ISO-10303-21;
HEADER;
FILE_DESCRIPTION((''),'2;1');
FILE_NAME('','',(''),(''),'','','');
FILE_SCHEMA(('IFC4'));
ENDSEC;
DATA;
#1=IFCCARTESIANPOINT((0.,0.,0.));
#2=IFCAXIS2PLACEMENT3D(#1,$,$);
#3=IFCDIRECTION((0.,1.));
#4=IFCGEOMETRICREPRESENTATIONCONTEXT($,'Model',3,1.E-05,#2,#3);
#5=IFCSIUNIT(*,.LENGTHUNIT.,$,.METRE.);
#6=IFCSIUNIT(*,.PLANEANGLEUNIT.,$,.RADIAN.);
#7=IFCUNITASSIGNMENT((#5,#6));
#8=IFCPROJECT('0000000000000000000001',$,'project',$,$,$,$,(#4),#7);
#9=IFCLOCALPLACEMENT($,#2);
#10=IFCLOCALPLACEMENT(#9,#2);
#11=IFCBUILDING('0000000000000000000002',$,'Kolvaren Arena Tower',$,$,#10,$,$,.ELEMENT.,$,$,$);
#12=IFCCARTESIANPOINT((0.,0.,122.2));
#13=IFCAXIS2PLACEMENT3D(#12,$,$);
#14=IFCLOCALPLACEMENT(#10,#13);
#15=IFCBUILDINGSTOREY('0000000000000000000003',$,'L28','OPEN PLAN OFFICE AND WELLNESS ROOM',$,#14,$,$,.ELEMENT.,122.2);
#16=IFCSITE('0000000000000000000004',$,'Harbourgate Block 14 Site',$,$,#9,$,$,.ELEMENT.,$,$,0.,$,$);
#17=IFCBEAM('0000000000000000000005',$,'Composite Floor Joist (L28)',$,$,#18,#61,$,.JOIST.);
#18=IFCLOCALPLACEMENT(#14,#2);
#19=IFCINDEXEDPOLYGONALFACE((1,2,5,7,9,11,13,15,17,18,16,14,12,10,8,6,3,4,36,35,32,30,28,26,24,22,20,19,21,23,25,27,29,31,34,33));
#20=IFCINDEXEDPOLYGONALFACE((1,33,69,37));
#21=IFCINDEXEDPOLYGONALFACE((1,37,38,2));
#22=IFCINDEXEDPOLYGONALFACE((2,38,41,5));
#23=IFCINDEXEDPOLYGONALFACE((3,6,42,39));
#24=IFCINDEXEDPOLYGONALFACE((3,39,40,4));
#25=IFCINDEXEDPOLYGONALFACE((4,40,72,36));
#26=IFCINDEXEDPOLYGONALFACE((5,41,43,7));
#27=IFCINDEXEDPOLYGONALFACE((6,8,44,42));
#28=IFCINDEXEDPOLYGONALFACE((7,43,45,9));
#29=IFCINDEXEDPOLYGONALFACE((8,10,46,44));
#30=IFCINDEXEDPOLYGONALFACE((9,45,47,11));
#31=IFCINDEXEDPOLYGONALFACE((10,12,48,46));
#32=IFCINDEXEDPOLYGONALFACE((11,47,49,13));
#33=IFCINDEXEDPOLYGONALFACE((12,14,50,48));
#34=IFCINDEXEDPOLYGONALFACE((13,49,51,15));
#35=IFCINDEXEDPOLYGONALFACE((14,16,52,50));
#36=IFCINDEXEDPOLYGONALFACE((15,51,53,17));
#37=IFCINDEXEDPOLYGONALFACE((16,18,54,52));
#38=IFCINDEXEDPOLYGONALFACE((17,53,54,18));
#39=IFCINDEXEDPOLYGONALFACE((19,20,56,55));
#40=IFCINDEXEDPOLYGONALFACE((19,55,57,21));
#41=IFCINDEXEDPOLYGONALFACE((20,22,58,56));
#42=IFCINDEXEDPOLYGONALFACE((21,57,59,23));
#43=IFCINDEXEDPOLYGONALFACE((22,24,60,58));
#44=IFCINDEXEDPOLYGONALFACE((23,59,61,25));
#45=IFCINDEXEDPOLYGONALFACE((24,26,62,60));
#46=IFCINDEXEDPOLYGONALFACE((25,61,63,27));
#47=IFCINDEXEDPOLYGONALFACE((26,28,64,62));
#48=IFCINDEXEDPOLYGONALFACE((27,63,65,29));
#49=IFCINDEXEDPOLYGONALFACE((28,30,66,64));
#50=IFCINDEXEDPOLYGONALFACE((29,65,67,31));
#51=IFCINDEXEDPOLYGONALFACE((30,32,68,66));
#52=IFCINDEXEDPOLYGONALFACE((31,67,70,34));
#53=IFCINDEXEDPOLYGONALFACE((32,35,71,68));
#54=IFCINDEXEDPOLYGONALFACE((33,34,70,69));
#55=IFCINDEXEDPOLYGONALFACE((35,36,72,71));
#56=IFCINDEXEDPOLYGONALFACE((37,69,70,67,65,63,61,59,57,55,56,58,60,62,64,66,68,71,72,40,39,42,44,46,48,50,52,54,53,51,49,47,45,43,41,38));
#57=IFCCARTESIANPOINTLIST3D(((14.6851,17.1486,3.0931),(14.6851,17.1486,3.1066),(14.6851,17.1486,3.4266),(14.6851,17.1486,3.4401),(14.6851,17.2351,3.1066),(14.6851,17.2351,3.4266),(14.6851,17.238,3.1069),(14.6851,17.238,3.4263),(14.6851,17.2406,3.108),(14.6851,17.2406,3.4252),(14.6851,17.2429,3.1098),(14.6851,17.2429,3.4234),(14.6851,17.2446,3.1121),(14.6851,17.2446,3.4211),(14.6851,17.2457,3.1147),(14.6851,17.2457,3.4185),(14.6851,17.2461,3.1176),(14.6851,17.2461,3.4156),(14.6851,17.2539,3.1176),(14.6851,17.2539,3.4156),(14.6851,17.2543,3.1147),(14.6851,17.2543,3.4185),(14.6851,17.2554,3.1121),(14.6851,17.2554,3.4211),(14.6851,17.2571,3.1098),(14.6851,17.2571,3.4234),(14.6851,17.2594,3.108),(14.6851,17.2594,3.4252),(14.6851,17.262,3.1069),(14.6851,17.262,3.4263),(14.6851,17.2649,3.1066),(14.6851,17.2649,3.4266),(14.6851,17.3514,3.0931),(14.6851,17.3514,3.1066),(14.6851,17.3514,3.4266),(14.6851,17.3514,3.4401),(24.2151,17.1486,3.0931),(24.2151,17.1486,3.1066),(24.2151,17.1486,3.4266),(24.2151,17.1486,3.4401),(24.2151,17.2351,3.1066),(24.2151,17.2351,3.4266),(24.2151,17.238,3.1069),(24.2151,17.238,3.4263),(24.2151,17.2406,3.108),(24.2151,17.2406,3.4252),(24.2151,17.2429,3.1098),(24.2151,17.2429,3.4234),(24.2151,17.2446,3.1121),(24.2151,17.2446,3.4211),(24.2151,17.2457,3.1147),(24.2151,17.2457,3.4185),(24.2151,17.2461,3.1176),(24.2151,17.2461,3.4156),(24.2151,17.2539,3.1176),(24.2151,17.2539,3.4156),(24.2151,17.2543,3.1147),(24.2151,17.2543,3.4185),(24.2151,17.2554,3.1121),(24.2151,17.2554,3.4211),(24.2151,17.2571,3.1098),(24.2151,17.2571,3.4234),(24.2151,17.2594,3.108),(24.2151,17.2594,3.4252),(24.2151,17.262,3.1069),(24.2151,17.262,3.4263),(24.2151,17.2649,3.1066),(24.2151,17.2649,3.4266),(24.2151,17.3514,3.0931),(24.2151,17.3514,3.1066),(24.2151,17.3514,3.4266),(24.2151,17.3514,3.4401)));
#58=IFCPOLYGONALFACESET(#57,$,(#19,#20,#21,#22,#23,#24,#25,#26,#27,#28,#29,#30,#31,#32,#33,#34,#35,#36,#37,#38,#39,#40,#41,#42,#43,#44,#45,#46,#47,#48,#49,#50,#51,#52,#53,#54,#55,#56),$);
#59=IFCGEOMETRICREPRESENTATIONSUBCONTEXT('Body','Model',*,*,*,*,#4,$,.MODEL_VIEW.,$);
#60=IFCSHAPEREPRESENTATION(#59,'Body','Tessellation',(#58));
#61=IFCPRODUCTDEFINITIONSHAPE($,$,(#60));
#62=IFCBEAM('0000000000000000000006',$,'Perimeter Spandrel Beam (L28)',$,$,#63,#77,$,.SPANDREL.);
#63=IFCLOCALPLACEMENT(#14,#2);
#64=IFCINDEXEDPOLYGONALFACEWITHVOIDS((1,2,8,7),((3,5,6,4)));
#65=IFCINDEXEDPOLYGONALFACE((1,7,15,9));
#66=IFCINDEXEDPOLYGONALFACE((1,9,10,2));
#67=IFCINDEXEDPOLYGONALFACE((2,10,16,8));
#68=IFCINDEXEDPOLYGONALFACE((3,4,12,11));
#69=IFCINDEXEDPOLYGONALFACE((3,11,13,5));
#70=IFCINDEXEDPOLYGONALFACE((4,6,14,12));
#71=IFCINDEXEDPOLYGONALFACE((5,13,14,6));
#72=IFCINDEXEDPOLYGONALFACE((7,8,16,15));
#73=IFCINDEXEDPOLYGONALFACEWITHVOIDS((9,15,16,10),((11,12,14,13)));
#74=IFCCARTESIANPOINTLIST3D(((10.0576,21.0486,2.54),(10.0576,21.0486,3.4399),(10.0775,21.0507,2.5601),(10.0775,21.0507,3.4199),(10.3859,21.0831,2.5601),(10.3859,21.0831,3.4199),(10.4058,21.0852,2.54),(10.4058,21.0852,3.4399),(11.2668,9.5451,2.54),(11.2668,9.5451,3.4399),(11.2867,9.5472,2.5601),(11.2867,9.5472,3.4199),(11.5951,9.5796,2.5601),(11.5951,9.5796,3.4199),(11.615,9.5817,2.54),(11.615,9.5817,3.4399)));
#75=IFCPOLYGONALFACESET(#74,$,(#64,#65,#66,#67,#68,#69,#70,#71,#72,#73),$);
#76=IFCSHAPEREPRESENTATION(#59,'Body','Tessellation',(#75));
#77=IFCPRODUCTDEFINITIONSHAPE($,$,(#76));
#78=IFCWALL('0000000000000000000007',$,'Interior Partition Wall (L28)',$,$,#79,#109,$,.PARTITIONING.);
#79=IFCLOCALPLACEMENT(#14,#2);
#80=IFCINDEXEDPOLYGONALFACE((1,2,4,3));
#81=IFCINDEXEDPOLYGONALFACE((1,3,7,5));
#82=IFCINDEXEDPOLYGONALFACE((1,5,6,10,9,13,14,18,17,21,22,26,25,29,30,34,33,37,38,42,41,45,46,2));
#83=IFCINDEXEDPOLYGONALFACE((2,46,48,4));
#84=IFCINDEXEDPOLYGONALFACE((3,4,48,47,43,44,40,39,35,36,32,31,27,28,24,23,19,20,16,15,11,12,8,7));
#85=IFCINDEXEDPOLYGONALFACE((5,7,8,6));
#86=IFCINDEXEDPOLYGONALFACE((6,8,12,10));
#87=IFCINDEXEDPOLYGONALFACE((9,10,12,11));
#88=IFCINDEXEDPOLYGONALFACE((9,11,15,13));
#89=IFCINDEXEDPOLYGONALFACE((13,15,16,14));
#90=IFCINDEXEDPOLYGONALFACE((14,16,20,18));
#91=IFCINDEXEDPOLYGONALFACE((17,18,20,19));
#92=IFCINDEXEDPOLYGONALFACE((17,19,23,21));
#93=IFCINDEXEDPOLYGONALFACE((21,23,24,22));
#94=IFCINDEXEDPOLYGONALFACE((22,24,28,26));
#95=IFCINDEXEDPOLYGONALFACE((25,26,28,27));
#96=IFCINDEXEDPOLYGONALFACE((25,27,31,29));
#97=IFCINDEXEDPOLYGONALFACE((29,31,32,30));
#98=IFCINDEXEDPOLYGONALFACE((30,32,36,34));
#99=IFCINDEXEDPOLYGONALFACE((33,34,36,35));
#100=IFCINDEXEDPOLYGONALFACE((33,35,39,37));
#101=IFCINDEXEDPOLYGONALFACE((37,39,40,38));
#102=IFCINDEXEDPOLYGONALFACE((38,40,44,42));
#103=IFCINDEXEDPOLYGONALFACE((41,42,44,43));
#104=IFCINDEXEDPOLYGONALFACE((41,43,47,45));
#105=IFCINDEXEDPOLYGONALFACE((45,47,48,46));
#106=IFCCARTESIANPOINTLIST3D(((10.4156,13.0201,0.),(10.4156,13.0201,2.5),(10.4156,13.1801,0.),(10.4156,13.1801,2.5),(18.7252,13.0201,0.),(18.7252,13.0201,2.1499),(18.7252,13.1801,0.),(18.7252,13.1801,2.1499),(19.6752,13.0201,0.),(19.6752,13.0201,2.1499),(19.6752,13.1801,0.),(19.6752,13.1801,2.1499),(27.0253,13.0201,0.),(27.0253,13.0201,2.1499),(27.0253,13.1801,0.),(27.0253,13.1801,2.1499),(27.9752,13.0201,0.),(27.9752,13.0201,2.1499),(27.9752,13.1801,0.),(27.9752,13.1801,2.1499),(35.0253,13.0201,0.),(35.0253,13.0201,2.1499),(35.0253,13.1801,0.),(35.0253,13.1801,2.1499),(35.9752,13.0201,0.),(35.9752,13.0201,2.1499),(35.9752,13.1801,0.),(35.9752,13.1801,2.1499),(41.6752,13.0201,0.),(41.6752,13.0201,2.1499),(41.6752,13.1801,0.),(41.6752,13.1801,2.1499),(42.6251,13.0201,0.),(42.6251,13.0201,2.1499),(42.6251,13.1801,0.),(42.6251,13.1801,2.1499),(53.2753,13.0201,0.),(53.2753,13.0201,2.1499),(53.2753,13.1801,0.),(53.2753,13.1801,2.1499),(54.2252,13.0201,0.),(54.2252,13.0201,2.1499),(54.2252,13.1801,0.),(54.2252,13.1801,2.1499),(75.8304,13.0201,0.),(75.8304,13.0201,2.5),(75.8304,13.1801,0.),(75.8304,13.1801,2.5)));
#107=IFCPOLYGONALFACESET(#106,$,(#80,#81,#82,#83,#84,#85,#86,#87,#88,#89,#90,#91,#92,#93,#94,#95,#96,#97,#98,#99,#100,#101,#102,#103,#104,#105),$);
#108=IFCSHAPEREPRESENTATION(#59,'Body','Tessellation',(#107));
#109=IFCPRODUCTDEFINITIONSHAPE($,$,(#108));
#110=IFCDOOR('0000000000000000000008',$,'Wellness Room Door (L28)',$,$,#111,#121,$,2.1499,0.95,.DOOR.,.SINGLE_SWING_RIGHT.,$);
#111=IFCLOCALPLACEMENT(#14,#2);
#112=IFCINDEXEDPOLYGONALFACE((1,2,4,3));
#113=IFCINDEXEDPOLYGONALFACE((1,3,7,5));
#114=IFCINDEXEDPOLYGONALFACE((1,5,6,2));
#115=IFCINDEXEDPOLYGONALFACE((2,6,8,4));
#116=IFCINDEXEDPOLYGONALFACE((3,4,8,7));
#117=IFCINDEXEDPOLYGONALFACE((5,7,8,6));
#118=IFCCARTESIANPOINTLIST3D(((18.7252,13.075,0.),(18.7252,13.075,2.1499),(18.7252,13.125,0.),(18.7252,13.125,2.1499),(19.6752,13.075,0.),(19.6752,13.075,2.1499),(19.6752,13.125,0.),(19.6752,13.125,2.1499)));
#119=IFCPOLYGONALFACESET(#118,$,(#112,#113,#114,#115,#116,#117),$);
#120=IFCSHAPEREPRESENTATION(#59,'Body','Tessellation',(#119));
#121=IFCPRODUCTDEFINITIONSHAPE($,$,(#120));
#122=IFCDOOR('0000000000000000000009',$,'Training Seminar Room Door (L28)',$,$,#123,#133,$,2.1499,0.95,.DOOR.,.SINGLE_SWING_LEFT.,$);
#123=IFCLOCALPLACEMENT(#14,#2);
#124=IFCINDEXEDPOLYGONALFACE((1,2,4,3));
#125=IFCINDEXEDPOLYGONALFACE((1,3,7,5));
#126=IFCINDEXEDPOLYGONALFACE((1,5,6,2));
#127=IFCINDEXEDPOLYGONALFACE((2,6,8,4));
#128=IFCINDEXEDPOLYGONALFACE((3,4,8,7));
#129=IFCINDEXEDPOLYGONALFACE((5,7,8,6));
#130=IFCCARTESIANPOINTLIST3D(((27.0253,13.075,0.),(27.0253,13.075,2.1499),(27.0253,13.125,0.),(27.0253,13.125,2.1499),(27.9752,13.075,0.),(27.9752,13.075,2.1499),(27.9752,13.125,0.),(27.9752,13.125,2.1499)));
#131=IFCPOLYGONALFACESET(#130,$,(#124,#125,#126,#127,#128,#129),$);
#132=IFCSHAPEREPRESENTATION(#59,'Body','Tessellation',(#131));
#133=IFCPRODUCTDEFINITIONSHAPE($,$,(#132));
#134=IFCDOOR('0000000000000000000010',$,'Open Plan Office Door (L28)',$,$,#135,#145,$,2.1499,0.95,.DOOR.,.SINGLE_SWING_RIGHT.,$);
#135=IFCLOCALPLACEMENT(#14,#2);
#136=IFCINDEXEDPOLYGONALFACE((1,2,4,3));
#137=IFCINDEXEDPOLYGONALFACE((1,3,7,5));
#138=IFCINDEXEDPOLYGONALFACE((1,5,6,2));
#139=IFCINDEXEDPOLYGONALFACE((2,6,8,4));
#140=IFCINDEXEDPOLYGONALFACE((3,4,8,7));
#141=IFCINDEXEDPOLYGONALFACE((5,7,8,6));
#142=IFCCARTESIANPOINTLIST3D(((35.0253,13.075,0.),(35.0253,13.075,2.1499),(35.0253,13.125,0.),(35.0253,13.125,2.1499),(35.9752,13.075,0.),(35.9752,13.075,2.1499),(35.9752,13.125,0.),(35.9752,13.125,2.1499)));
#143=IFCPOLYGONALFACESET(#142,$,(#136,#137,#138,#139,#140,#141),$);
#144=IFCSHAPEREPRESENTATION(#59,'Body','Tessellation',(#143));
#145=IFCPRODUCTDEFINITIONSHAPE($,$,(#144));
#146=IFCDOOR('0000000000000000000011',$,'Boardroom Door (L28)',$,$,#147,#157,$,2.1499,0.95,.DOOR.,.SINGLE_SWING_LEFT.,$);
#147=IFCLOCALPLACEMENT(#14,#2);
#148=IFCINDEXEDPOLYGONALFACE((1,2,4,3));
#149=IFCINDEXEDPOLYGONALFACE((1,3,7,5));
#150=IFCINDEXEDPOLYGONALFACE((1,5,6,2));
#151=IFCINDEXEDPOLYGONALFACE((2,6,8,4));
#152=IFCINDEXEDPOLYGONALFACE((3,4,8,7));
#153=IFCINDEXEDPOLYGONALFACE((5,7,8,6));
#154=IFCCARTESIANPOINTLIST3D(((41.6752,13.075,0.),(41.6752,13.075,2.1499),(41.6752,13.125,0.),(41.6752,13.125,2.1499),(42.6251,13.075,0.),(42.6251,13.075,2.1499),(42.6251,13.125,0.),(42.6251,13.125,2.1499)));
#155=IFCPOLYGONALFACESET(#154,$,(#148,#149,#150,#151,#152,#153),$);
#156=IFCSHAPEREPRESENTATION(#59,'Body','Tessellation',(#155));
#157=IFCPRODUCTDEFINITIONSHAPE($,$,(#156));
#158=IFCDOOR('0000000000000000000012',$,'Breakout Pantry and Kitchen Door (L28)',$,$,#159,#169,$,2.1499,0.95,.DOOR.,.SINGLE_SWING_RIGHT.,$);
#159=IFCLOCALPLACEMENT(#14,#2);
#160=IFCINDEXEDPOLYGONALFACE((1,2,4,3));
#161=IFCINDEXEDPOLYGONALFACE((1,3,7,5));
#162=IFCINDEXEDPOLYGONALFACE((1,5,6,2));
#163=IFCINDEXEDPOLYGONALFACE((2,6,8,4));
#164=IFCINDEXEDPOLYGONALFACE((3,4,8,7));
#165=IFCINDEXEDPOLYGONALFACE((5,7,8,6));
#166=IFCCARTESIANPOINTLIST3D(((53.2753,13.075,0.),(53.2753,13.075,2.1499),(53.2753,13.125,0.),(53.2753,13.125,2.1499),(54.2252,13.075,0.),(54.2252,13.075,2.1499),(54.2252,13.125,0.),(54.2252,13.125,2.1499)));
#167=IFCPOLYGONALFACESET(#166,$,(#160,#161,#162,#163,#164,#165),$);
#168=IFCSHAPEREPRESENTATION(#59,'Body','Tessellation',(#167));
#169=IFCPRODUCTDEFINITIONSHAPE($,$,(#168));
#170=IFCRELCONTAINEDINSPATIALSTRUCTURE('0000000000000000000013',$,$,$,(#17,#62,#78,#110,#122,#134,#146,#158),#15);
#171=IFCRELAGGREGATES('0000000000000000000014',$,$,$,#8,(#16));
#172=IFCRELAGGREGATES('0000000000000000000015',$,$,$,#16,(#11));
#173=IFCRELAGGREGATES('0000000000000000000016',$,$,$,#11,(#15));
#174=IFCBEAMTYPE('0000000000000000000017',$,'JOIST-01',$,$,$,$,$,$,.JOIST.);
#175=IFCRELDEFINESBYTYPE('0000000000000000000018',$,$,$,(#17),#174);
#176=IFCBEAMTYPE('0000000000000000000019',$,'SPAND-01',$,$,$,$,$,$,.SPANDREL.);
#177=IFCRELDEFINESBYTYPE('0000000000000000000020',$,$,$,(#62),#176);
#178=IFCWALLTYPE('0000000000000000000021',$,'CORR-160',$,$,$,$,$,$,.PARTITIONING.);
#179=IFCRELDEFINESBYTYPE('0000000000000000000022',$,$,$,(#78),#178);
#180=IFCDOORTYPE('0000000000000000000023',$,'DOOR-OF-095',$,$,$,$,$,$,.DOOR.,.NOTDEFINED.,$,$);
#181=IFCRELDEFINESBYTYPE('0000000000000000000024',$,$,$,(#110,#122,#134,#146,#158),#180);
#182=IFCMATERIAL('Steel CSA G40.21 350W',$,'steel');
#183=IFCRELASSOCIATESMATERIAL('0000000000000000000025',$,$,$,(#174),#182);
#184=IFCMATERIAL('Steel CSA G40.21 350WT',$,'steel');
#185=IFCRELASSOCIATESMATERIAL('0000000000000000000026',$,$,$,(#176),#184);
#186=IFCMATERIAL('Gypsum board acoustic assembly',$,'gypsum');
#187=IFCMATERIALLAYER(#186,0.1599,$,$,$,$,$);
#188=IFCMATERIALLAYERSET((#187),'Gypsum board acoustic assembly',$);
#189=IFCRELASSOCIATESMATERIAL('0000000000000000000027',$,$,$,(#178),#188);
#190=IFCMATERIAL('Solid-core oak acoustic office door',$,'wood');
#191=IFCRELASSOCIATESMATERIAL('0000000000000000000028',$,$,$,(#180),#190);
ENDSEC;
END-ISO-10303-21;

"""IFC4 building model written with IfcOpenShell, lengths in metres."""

from ifc_helpers import new_model, si_unit, direction, frame, frame_2d, origin, origin_2d, place, context, subcontext, project, spatial, rectangle, hollow_rectangle, i_section, extrude, material, layer, layer_set, material_profile, profile_set, type_object, element, fill, save


model = new_model("IFC4")

# Units and contexts
model_context = context("Model", 3, precision=1e-05, world=origin(), true_north=direction((0.0, 1.0)))
body_context = subcontext(model_context, "Body", "Model", "MODEL_VIEW")
ifc_project = project(units=[si_unit("LENGTHUNIT", "METRE"), si_unit("PLANEANGLEUNIT", "RADIAN")], contexts=[model_context])

# Site, building, storey
site_placement = place(None, origin())
site = spatial("IfcSite", under=ifc_project, at=site_placement, Name="Harbourgate Block 14 Site", CompositionType="ELEMENT", RefElevation=0.0)
building_placement = place(site_placement, origin())
building = spatial("IfcBuilding", under=site, at=building_placement, Name="Kolvaren Arena Tower", CompositionType="ELEMENT")
storey_placement = place(building_placement, frame((0.0, 0.0, 122.2)))
storey = spatial("IfcBuildingStorey", under=building, at=storey_placement, Name="L28", Description="OPEN PLAN OFFICE AND WELLNESS ROOM", CompositionType="ELEMENT", Elevation=122.2)

# Beams
ifc_material_1 = material(Name="Steel CSA G40.21 350W", Category="steel")
ifc_material_profile_1 = material_profile(ifc_material_1, i_section(OverallWidth=0.2029, OverallDepth=0.3469, WebThickness=0.0078, FlangeThickness=0.0134, FilletRadius=0.011, at=origin_2d()), Name="W360x64")
ifc_profile_set_1 = profile_set([ifc_material_profile_1], Name="Steel CSA G40.21 350W")
beam_type_1 = type_object("IfcBeamType", Name="JOIST-01", PredefinedType="JOIST", material=ifc_profile_set_1)
beam_1_placement = place(storey_placement, frame((14.6851, 17.25, 3.2666), z_axis=(1.0, 0.0, 0.0), x_axis=(0.0, 1.0, 0.0)))
element("IfcBeam", 1, at=beam_1_placement, inside=storey, type_object=beam_type_1, Name="Composite Floor Joist (L28)", PredefinedType="JOIST", context=body_context, shape_type="SweptSolid", body=[
    extrude(i_section(OverallWidth=0.2029, OverallDepth=0.3469, WebThickness=0.0078, FlangeThickness=0.0134, FilletRadius=0.011, at=origin_2d()), origin(), (0.0, 0.0, 1.0), 9.53),
])
ifc_material_2 = material(Name="Steel CSA G40.21 350WT", Category="steel")
ifc_material_profile_2 = material_profile(ifc_material_2, hollow_rectangle(XDim=0.3501, YDim=0.8999, WallThickness=0.02, at=origin_2d()), Name="HSS 900x350x20")
ifc_profile_set_2 = profile_set([ifc_material_profile_2], Name="Steel CSA G40.21 350WT")
beam_type_2 = type_object("IfcBeamType", Name="SPAND-01", PredefinedType="SPANDREL", material=ifc_profile_set_2)
beam_2_placement = place(storey_placement, frame((10.2317, 21.0669, 2.99), z_axis=(0.104543, -0.99452, 0.0), x_axis=(0.99452, 0.104543, 0.0)))
element("IfcBeam", 2, at=beam_2_placement, inside=storey, type_object=beam_type_2, Name="Perimeter Spandrel Beam (L28)", PredefinedType="SPANDREL", context=body_context, shape_type="SweptSolid", body=[
    extrude(hollow_rectangle(XDim=0.3501, YDim=0.8999, WallThickness=0.02, at=origin_2d()), origin(), (0.0, 0.0, 1.0), 11.5669),
])

# Wall, openings, doors
ifc_material_3 = material(Name="Gypsum board acoustic assembly", Category="gypsum")
ifc_layer_1 = layer(ifc_material_3, 0.1599)
ifc_layer_set_1 = layer_set([ifc_layer_1], Name="Gypsum board acoustic assembly")
wall_type_1 = type_object("IfcWallType", Name="CORR-160", PredefinedType="PARTITIONING", material=ifc_layer_set_1)
wall_1_placement = place(storey_placement, frame((10.4155, 13.1001, 0.0), z_axis=(0.0, 0.0, 1.0), x_axis=(1.0, 0.0, 0.0)))
wall_1 = element("IfcWall", 3, at=wall_1_placement, inside=storey, type_object=wall_type_1, Name="Interior Partition Wall (L28)", PredefinedType="PARTITIONING", context=body_context, shape_type="SweptSolid", body=[
    extrude(rectangle(XDim=65.4148, YDim=0.1599, at=frame_2d((32.7075, 0.0))), origin(), (0.0, 0.0, 1.0), 2.5),
])
opening_1_placement = place(wall_1_placement, frame((8.3096, 0.0, 0.0)))
opening_1 = element("IfcOpeningElement", 4, at=opening_1_placement, cuts=wall_1, PredefinedType="OPENING", context=body_context, shape_type="SweptSolid", body=[
    extrude(rectangle(XDim=0.95, YDim=2.1499, at=frame_2d((0.4751, 1.075))), frame((0.0, 0.0898, 0.0), z_axis=(0.0, -1.0, 0.0), x_axis=(1.0, 0.0, 0.0)), (0.0, 0.0, 1.0), 0.1799),
])
opening_2_placement = place(wall_1_placement, frame((16.6096, 0.0, 0.0)))
opening_2 = element("IfcOpeningElement", 5, at=opening_2_placement, cuts=wall_1, PredefinedType="OPENING", context=body_context, shape_type="SweptSolid", body=[
    extrude(rectangle(XDim=0.95, YDim=2.1499, at=frame_2d((0.4751, 1.075))), frame((0.0, 0.0898, 0.0), z_axis=(0.0, -1.0, 0.0), x_axis=(1.0, 0.0, 0.0)), (0.0, 0.0, 1.0), 0.1799),
])
opening_3_placement = place(wall_1_placement, frame((24.6096, 0.0, 0.0)))
opening_3 = element("IfcOpeningElement", 6, at=opening_3_placement, cuts=wall_1, PredefinedType="OPENING", context=body_context, shape_type="SweptSolid", body=[
    extrude(rectangle(XDim=0.95, YDim=2.1499, at=frame_2d((0.4751, 1.075))), frame((0.0, 0.0898, 0.0), z_axis=(0.0, -1.0, 0.0), x_axis=(1.0, 0.0, 0.0)), (0.0, 0.0, 1.0), 0.1799),
])
opening_4_placement = place(wall_1_placement, frame((31.2595, 0.0, 0.0)))
opening_4 = element("IfcOpeningElement", 7, at=opening_4_placement, cuts=wall_1, PredefinedType="OPENING", context=body_context, shape_type="SweptSolid", body=[
    extrude(rectangle(XDim=0.95, YDim=2.1499, at=frame_2d((0.4751, 1.075))), frame((0.0, 0.0898, 0.0), z_axis=(0.0, -1.0, 0.0), x_axis=(1.0, 0.0, 0.0)), (0.0, 0.0, 1.0), 0.1799),
])
opening_5_placement = place(wall_1_placement, frame((42.8596, 0.0, 0.0)))
opening_5 = element("IfcOpeningElement", 8, at=opening_5_placement, cuts=wall_1, PredefinedType="OPENING", context=body_context, shape_type="SweptSolid", body=[
    extrude(rectangle(XDim=0.95, YDim=2.1499, at=frame_2d((0.4751, 1.075))), frame((0.0, 0.0898, 0.0), z_axis=(0.0, -1.0, 0.0), x_axis=(1.0, 0.0, 0.0)), (0.0, 0.0, 1.0), 0.1799),
])
ifc_material_4 = material(Name="Solid-core oak acoustic office door", Category="wood")
door_type_1 = type_object("IfcDoorType", Name="DOOR-OF-095", OperationType="NOTDEFINED", PredefinedType="DOOR", material=ifc_material_4)
door_1_placement = place(opening_1_placement, origin())
door_1 = element("IfcDoor", 9, at=door_1_placement, inside=storey, type_object=door_type_1, Name="Wellness Room Door (L28)", OperationType="SINGLE_SWING_RIGHT", OverallHeight=2.1499, OverallWidth=0.95, PredefinedType="DOOR", context=body_context, shape_type="SweptSolid", body=[
    extrude(rectangle(XDim=0.95, YDim=2.1499, at=frame_2d((0.4751, 1.075))), frame((0.0, 0.0249, 0.0), z_axis=(0.0, -1.0, 0.0), x_axis=(1.0, 0.0, 0.0)), (0.0, 0.0, 1.0), 0.05),
])
fill(opening_1, door_1)
door_2_placement = place(opening_2_placement, origin())
door_2 = element("IfcDoor", 10, at=door_2_placement, inside=storey, type_object=door_type_1, Name="Training Seminar Room Door (L28)", OperationType="SINGLE_SWING_LEFT", OverallHeight=2.1499, OverallWidth=0.95, PredefinedType="DOOR", context=body_context, shape_type="SweptSolid", body=[
    extrude(rectangle(XDim=0.95, YDim=2.1499, at=frame_2d((0.4751, 1.075))), frame((0.0, 0.0249, 0.0), z_axis=(0.0, -1.0, 0.0), x_axis=(1.0, 0.0, 0.0)), (0.0, 0.0, 1.0), 0.05),
])
fill(opening_2, door_2)
door_3_placement = place(opening_3_placement, origin())
door_3 = element("IfcDoor", 11, at=door_3_placement, inside=storey, type_object=door_type_1, Name="Open Plan Office Door (L28)", OperationType="SINGLE_SWING_RIGHT", OverallHeight=2.1499, OverallWidth=0.95, PredefinedType="DOOR", context=body_context, shape_type="SweptSolid", body=[
    extrude(rectangle(XDim=0.95, YDim=2.1499, at=frame_2d((0.4751, 1.075))), frame((0.0, 0.0249, 0.0), z_axis=(0.0, -1.0, 0.0), x_axis=(1.0, 0.0, 0.0)), (0.0, 0.0, 1.0), 0.05),
])
fill(opening_3, door_3)
door_4_placement = place(opening_4_placement, origin())
door_4 = element("IfcDoor", 12, at=door_4_placement, inside=storey, type_object=door_type_1, Name="Boardroom Door (L28)", OperationType="SINGLE_SWING_LEFT", OverallHeight=2.1499, OverallWidth=0.95, PredefinedType="DOOR", context=body_context, shape_type="SweptSolid", body=[
    extrude(rectangle(XDim=0.95, YDim=2.1499, at=frame_2d((0.4751, 1.075))), frame((0.0, 0.0249, 0.0), z_axis=(0.0, -1.0, 0.0), x_axis=(1.0, 0.0, 0.0)), (0.0, 0.0, 1.0), 0.05),
])
fill(opening_4, door_4)
door_5_placement = place(opening_5_placement, origin())
door_5 = element("IfcDoor", 13, at=door_5_placement, inside=storey, type_object=door_type_1, Name="Breakout Pantry and Kitchen Door (L28)", OperationType="SINGLE_SWING_RIGHT", OverallHeight=2.1499, OverallWidth=0.95, PredefinedType="DOOR", context=body_context, shape_type="SweptSolid", body=[
    extrude(rectangle(XDim=0.95, YDim=2.1499, at=frame_2d((0.4751, 1.075))), frame((0.0, 0.0249, 0.0), z_axis=(0.0, -1.0, 0.0), x_axis=(1.0, 0.0, 0.0)), (0.0, 0.0, 1.0), 0.05),
])
fill(opening_5, door_5)

save(model, "model.ifc")
